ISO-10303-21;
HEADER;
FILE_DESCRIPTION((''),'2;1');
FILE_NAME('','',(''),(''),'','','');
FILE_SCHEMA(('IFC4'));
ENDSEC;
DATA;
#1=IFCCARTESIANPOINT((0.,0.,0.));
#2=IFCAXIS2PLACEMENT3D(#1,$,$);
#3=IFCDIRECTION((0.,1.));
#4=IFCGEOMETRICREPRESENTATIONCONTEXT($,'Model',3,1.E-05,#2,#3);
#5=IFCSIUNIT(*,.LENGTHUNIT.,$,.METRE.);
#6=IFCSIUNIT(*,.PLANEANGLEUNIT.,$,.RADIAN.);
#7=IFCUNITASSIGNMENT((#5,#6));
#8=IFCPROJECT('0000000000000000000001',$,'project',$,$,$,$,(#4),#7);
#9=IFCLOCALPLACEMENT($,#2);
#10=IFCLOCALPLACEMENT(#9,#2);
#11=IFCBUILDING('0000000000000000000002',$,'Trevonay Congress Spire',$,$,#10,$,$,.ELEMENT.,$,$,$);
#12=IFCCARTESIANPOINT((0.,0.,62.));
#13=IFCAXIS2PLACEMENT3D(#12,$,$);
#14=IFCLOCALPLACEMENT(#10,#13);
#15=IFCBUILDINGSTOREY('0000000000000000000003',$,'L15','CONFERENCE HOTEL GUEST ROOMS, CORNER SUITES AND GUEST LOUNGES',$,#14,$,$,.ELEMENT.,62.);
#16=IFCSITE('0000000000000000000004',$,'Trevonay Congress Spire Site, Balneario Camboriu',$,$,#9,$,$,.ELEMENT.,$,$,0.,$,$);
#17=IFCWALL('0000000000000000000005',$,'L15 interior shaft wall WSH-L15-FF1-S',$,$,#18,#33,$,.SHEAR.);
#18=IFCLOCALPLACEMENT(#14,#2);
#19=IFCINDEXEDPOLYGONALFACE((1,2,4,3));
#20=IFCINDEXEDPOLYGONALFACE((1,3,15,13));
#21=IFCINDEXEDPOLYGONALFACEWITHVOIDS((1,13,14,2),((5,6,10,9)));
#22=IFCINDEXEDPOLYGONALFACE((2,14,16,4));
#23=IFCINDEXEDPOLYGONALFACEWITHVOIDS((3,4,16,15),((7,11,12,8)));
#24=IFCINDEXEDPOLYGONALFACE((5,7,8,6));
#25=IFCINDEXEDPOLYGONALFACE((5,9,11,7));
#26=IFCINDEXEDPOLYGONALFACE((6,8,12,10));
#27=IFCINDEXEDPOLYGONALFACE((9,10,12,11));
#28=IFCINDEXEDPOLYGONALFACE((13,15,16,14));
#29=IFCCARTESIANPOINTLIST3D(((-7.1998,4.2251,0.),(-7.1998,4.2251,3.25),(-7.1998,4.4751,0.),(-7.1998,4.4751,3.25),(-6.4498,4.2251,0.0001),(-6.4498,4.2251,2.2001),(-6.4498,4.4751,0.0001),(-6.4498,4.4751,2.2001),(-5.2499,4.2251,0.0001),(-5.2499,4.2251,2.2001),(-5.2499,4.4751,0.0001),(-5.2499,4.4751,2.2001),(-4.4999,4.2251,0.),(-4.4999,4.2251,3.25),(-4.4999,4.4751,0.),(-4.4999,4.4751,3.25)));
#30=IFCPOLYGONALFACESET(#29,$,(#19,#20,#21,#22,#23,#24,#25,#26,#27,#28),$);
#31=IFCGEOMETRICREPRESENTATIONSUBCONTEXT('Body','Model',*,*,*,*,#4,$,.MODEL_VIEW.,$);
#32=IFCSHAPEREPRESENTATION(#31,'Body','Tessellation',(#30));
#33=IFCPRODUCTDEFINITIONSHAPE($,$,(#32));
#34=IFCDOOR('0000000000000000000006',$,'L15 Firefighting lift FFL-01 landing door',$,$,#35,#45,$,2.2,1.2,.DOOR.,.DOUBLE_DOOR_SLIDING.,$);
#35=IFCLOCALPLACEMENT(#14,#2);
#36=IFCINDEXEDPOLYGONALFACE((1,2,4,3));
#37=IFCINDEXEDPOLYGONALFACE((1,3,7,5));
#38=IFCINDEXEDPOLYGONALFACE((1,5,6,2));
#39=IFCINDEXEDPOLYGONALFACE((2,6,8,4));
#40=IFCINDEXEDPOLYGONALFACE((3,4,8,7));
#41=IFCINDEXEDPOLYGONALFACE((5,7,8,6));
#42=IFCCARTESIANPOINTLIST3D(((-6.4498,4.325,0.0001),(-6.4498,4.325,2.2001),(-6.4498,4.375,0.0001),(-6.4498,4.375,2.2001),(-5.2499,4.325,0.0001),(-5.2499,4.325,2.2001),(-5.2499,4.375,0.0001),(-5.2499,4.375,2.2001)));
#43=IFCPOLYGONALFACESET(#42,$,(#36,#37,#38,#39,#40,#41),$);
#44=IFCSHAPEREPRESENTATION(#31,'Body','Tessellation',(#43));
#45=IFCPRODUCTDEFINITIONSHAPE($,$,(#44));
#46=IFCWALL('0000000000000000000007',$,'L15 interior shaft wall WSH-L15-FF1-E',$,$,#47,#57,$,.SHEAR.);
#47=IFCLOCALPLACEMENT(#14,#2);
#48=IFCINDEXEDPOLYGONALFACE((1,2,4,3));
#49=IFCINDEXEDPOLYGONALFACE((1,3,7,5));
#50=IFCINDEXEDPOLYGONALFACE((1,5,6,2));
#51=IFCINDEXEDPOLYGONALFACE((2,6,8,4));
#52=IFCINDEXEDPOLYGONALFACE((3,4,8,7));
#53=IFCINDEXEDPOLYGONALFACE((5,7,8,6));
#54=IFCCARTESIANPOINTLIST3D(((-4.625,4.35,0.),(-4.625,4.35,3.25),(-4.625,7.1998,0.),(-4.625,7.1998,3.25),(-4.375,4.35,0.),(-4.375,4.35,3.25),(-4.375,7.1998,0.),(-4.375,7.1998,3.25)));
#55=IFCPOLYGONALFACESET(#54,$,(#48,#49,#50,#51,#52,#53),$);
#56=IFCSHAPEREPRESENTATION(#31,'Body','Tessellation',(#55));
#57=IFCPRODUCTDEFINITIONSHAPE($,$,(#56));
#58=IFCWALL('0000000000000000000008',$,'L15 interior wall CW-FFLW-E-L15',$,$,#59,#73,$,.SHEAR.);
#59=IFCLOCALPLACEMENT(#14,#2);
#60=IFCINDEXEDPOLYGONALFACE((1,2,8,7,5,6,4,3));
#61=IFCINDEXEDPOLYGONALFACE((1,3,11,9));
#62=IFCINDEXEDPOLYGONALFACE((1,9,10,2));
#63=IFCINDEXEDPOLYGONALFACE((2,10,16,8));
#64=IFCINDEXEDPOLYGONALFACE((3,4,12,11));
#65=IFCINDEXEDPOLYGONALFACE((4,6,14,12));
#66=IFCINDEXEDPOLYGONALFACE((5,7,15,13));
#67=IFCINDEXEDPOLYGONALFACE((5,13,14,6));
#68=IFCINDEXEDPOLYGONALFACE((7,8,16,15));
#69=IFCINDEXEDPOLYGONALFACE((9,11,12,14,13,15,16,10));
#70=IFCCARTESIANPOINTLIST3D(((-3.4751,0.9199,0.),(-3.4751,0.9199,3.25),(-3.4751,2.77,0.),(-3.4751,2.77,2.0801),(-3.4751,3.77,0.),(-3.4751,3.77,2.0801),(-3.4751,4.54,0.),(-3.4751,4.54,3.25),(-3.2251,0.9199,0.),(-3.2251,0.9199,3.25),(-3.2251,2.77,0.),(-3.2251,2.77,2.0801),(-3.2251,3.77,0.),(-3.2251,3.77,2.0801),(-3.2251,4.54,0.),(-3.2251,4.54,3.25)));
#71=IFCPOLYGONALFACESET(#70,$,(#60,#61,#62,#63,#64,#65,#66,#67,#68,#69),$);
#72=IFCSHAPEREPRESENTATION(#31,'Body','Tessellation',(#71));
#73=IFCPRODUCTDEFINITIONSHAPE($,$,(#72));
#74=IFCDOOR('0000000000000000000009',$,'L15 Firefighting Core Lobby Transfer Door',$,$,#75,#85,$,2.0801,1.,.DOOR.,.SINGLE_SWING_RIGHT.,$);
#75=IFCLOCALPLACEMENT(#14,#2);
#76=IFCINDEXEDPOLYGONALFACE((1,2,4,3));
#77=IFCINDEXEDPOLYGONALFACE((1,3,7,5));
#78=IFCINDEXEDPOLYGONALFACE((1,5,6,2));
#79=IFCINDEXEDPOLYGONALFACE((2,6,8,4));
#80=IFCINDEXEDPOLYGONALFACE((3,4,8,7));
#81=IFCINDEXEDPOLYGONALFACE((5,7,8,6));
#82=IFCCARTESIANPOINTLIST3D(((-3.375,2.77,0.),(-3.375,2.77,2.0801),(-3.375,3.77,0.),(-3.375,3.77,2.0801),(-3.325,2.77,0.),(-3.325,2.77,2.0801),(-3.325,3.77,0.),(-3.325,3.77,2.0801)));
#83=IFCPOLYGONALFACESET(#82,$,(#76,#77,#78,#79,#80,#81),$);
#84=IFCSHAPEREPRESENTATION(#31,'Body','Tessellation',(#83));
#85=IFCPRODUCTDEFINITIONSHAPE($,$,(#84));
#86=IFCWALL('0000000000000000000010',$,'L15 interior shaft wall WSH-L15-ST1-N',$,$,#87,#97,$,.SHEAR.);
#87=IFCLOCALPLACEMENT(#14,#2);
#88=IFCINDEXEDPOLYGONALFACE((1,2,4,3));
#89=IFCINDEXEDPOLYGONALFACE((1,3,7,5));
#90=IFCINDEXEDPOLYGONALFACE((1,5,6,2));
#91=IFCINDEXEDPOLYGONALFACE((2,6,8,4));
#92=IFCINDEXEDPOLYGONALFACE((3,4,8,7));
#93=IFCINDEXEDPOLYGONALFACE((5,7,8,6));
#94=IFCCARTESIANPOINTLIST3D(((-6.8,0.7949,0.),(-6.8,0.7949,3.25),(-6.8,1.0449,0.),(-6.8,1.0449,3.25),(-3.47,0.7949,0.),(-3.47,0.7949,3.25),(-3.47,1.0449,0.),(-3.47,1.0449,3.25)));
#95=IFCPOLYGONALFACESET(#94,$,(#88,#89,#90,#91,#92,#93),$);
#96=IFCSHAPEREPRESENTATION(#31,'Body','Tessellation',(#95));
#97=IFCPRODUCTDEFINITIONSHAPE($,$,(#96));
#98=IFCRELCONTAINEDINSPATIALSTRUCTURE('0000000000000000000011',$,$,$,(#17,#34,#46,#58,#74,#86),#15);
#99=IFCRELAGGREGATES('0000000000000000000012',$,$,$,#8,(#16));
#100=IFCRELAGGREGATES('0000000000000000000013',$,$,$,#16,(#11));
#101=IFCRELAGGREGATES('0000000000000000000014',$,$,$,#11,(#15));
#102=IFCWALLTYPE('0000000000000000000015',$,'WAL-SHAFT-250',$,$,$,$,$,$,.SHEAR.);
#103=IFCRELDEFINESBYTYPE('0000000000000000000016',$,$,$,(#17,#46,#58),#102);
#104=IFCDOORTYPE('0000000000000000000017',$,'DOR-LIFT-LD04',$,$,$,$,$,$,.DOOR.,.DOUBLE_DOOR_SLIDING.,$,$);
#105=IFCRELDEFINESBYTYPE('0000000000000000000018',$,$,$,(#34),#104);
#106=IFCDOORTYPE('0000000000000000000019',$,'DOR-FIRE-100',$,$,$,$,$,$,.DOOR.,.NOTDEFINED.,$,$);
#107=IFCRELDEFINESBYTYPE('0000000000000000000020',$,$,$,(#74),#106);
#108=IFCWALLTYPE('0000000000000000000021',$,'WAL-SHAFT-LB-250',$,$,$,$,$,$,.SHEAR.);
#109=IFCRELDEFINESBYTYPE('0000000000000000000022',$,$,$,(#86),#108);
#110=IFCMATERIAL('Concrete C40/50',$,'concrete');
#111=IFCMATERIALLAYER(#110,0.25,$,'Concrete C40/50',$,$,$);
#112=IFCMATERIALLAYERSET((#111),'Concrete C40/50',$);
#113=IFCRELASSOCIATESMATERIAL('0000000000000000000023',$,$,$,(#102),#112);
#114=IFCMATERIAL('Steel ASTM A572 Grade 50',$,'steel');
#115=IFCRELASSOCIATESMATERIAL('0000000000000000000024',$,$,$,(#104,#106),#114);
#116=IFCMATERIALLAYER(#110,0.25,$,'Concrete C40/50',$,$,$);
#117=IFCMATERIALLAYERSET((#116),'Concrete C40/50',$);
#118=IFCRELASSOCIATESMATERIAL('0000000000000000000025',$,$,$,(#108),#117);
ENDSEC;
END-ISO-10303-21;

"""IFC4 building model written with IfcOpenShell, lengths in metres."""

from ifc_helpers import new_model, si_unit, direction, frame, frame_2d, origin, place, context, subcontext, project, spatial, rectangle, extrude, material, layer, layer_set, type_object, element, fill, save


model = new_model("IFC4")

# Units and contexts
model_context = context("Model", 3, precision=1e-05, world=origin(), true_north=direction((0.0, 1.0)))
body_context = subcontext(model_context, "Body", "Model", "MODEL_VIEW")
ifc_project = project(units=[si_unit("LENGTHUNIT", "METRE"), si_unit("PLANEANGLEUNIT", "RADIAN")], contexts=[model_context])

# Site, building, storey
site_placement = place(None, origin())
site = spatial("IfcSite", under=ifc_project, at=site_placement, Name="Trevonay Congress Spire Site, Balneario Camboriu", CompositionType="ELEMENT", RefElevation=0.0)
building_placement = place(site_placement, origin())
building = spatial("IfcBuilding", under=site, at=building_placement, Name="Trevonay Congress Spire", CompositionType="ELEMENT")
storey_placement = place(building_placement, frame((0.0, 0.0, 62.0)))
storey = spatial("IfcBuildingStorey", under=building, at=storey_placement, Name="L15", Description="CONFERENCE HOTEL GUEST ROOMS, CORNER SUITES AND GUEST LOUNGES", CompositionType="ELEMENT", Elevation=62.0)

# Shared definitions
ifc_material_1 = material(Name="Steel ASTM A572 Grade 50", Category="steel")

# Shared definitions
ifc_material_2 = material(Name="Concrete C40/50", Category="concrete")

# Shared definitions
ifc_layer_1 = layer(ifc_material_2, 0.25, Name="Concrete C40/50")
ifc_layer_set_1 = layer_set([ifc_layer_1], Name="Concrete C40/50")
wall_type_1 = type_object("IfcWallType", Name="WAL-SHAFT-250", PredefinedType="SHEAR", material=ifc_layer_set_1)

# Wall, opening, door
wall_1_placement = place(storey_placement, frame((-7.2, 4.3501, 0.0), z_axis=(0.0, 0.0, 1.0), x_axis=(1.0, 0.0, 0.0)))
wall_1 = element("IfcWall", 1, at=wall_1_placement, inside=storey, type_object=wall_type_1, Name="L15 interior shaft wall WSH-L15-FF1-S", PredefinedType="SHEAR", context=body_context, shape_type="SweptSolid", body=[
    extrude(rectangle(XDim=2.7, YDim=0.25, at=frame_2d((1.3501, 0.0))), origin(), (0.0, 0.0, 1.0), 3.25),
])
opening_1_placement = place(wall_1_placement, frame((0.75, 0.0, 0.0)))
opening_1 = element("IfcOpeningElement", 2, at=opening_1_placement, cuts=wall_1, PredefinedType="OPENING", context=body_context, shape_type="SweptSolid", body=[
    extrude(rectangle(XDim=1.2, YDim=2.2, at=frame_2d((0.6001, 1.1001))), frame((0.0, 0.135, 0.0), z_axis=(0.0, -1.0, 0.0), x_axis=(1.0, 0.0, 0.0)), (0.0, 0.0, 1.0), 0.27),
])
door_type_1 = type_object("IfcDoorType", Name="DOR-LIFT-LD04", OperationType="DOUBLE_DOOR_SLIDING", PredefinedType="DOOR", material=ifc_material_1)
door_1_placement = place(opening_1_placement, origin())
door_1 = element("IfcDoor", 3, at=door_1_placement, inside=storey, type_object=door_type_1, Name="L15 Firefighting lift FFL-01 landing door", OperationType="DOUBLE_DOOR_SLIDING", OverallHeight=2.2, OverallWidth=1.2, PredefinedType="DOOR", context=body_context, shape_type="SweptSolid", body=[
    extrude(rectangle(XDim=1.2, YDim=2.2, at=frame_2d((0.6001, 1.1001))), frame((0.0, 0.0249, 0.0), z_axis=(0.0, -1.0, 0.0), x_axis=(1.0, 0.0, 0.0)), (0.0, 0.0, 1.0), 0.05),
])
fill(opening_1, door_1)

# Wall
wall_2_placement = place(storey_placement, frame((-4.5, 4.3501, 0.0), z_axis=(0.0, 0.0, 1.0), x_axis=(0.0, 1.0, 0.0)))
element("IfcWall", 4, at=wall_2_placement, inside=storey, type_object=wall_type_1, Name="L15 interior shaft wall WSH-L15-FF1-E", PredefinedType="SHEAR", context=body_context, shape_type="SweptSolid", body=[
    extrude(rectangle(XDim=2.8499, YDim=0.25, at=frame_2d((1.4248, 0.0))), origin(), (0.0, 0.0, 1.0), 3.25),
])

# Wall, opening, door
wall_3_placement = place(storey_placement, frame((-3.3501, 0.9199, 0.0), z_axis=(0.0, 0.0, 1.0), x_axis=(0.0, 1.0, 0.0)))
wall_3 = element("IfcWall", 5, at=wall_3_placement, inside=storey, type_object=wall_type_1, Name="L15 interior wall CW-FFLW-E-L15", PredefinedType="SHEAR", context=body_context, shape_type="SweptSolid", body=[
    extrude(rectangle(XDim=3.6201, YDim=0.25, at=frame_2d((1.8101, 0.0))), origin(), (0.0, 0.0, 1.0), 3.25),
])
opening_2_placement = place(wall_3_placement, frame((1.8501, 0.0, 0.0)))
opening_2 = element("IfcOpeningElement", 6, at=opening_2_placement, cuts=wall_3, PredefinedType="OPENING", context=body_context, shape_type="SweptSolid", body=[
    extrude(rectangle(XDim=1.0, YDim=2.0801, at=frame_2d((0.5, 1.04))), frame((0.0, 0.135, 0.0), z_axis=(0.0, -1.0, 0.0), x_axis=(1.0, 0.0, 0.0)), (0.0, 0.0, 1.0), 0.27),
])
door_type_2 = type_object("IfcDoorType", Name="DOR-FIRE-100", OperationType="NOTDEFINED", PredefinedType="DOOR", material=ifc_material_1)
door_2_placement = place(opening_2_placement, origin())
door_2 = element("IfcDoor", 7, at=door_2_placement, inside=storey, type_object=door_type_2, Name="L15 Firefighting Core Lobby Transfer Door", OperationType="SINGLE_SWING_RIGHT", OverallHeight=2.0801, OverallWidth=1.0, PredefinedType="DOOR", context=body_context, shape_type="SweptSolid", body=[
    extrude(rectangle(XDim=1.0, YDim=2.0801, at=frame_2d((0.5, 1.04))), frame((0.0, 0.0249, 0.0), z_axis=(0.0, -1.0, 0.0), x_axis=(1.0, 0.0, 0.0)), (0.0, 0.0, 1.0), 0.05),
])
fill(opening_2, door_2)

# Wall
ifc_layer_2 = layer(ifc_material_2, 0.25, Name="Concrete C40/50")
ifc_layer_set_2 = layer_set([ifc_layer_2], Name="Concrete C40/50")
wall_type_2 = type_object("IfcWallType", Name="WAL-SHAFT-LB-250", PredefinedType="SHEAR", material=ifc_layer_set_2)
wall_4_placement = place(storey_placement, frame((-6.8, 0.9199, 0.0), z_axis=(0.0, 0.0, 1.0), x_axis=(1.0, 0.0, 0.0)))
element("IfcWall", 8, at=wall_4_placement, inside=storey, type_object=wall_type_2, Name="L15 interior shaft wall WSH-L15-ST1-N", PredefinedType="SHEAR", context=body_context, shape_type="SweptSolid", body=[
    extrude(rectangle(XDim=3.3301, YDim=0.25, at=frame_2d((1.665, 0.0))), origin(), (0.0, 0.0, 1.0), 3.25),
])

save(model, "model.ifc")
